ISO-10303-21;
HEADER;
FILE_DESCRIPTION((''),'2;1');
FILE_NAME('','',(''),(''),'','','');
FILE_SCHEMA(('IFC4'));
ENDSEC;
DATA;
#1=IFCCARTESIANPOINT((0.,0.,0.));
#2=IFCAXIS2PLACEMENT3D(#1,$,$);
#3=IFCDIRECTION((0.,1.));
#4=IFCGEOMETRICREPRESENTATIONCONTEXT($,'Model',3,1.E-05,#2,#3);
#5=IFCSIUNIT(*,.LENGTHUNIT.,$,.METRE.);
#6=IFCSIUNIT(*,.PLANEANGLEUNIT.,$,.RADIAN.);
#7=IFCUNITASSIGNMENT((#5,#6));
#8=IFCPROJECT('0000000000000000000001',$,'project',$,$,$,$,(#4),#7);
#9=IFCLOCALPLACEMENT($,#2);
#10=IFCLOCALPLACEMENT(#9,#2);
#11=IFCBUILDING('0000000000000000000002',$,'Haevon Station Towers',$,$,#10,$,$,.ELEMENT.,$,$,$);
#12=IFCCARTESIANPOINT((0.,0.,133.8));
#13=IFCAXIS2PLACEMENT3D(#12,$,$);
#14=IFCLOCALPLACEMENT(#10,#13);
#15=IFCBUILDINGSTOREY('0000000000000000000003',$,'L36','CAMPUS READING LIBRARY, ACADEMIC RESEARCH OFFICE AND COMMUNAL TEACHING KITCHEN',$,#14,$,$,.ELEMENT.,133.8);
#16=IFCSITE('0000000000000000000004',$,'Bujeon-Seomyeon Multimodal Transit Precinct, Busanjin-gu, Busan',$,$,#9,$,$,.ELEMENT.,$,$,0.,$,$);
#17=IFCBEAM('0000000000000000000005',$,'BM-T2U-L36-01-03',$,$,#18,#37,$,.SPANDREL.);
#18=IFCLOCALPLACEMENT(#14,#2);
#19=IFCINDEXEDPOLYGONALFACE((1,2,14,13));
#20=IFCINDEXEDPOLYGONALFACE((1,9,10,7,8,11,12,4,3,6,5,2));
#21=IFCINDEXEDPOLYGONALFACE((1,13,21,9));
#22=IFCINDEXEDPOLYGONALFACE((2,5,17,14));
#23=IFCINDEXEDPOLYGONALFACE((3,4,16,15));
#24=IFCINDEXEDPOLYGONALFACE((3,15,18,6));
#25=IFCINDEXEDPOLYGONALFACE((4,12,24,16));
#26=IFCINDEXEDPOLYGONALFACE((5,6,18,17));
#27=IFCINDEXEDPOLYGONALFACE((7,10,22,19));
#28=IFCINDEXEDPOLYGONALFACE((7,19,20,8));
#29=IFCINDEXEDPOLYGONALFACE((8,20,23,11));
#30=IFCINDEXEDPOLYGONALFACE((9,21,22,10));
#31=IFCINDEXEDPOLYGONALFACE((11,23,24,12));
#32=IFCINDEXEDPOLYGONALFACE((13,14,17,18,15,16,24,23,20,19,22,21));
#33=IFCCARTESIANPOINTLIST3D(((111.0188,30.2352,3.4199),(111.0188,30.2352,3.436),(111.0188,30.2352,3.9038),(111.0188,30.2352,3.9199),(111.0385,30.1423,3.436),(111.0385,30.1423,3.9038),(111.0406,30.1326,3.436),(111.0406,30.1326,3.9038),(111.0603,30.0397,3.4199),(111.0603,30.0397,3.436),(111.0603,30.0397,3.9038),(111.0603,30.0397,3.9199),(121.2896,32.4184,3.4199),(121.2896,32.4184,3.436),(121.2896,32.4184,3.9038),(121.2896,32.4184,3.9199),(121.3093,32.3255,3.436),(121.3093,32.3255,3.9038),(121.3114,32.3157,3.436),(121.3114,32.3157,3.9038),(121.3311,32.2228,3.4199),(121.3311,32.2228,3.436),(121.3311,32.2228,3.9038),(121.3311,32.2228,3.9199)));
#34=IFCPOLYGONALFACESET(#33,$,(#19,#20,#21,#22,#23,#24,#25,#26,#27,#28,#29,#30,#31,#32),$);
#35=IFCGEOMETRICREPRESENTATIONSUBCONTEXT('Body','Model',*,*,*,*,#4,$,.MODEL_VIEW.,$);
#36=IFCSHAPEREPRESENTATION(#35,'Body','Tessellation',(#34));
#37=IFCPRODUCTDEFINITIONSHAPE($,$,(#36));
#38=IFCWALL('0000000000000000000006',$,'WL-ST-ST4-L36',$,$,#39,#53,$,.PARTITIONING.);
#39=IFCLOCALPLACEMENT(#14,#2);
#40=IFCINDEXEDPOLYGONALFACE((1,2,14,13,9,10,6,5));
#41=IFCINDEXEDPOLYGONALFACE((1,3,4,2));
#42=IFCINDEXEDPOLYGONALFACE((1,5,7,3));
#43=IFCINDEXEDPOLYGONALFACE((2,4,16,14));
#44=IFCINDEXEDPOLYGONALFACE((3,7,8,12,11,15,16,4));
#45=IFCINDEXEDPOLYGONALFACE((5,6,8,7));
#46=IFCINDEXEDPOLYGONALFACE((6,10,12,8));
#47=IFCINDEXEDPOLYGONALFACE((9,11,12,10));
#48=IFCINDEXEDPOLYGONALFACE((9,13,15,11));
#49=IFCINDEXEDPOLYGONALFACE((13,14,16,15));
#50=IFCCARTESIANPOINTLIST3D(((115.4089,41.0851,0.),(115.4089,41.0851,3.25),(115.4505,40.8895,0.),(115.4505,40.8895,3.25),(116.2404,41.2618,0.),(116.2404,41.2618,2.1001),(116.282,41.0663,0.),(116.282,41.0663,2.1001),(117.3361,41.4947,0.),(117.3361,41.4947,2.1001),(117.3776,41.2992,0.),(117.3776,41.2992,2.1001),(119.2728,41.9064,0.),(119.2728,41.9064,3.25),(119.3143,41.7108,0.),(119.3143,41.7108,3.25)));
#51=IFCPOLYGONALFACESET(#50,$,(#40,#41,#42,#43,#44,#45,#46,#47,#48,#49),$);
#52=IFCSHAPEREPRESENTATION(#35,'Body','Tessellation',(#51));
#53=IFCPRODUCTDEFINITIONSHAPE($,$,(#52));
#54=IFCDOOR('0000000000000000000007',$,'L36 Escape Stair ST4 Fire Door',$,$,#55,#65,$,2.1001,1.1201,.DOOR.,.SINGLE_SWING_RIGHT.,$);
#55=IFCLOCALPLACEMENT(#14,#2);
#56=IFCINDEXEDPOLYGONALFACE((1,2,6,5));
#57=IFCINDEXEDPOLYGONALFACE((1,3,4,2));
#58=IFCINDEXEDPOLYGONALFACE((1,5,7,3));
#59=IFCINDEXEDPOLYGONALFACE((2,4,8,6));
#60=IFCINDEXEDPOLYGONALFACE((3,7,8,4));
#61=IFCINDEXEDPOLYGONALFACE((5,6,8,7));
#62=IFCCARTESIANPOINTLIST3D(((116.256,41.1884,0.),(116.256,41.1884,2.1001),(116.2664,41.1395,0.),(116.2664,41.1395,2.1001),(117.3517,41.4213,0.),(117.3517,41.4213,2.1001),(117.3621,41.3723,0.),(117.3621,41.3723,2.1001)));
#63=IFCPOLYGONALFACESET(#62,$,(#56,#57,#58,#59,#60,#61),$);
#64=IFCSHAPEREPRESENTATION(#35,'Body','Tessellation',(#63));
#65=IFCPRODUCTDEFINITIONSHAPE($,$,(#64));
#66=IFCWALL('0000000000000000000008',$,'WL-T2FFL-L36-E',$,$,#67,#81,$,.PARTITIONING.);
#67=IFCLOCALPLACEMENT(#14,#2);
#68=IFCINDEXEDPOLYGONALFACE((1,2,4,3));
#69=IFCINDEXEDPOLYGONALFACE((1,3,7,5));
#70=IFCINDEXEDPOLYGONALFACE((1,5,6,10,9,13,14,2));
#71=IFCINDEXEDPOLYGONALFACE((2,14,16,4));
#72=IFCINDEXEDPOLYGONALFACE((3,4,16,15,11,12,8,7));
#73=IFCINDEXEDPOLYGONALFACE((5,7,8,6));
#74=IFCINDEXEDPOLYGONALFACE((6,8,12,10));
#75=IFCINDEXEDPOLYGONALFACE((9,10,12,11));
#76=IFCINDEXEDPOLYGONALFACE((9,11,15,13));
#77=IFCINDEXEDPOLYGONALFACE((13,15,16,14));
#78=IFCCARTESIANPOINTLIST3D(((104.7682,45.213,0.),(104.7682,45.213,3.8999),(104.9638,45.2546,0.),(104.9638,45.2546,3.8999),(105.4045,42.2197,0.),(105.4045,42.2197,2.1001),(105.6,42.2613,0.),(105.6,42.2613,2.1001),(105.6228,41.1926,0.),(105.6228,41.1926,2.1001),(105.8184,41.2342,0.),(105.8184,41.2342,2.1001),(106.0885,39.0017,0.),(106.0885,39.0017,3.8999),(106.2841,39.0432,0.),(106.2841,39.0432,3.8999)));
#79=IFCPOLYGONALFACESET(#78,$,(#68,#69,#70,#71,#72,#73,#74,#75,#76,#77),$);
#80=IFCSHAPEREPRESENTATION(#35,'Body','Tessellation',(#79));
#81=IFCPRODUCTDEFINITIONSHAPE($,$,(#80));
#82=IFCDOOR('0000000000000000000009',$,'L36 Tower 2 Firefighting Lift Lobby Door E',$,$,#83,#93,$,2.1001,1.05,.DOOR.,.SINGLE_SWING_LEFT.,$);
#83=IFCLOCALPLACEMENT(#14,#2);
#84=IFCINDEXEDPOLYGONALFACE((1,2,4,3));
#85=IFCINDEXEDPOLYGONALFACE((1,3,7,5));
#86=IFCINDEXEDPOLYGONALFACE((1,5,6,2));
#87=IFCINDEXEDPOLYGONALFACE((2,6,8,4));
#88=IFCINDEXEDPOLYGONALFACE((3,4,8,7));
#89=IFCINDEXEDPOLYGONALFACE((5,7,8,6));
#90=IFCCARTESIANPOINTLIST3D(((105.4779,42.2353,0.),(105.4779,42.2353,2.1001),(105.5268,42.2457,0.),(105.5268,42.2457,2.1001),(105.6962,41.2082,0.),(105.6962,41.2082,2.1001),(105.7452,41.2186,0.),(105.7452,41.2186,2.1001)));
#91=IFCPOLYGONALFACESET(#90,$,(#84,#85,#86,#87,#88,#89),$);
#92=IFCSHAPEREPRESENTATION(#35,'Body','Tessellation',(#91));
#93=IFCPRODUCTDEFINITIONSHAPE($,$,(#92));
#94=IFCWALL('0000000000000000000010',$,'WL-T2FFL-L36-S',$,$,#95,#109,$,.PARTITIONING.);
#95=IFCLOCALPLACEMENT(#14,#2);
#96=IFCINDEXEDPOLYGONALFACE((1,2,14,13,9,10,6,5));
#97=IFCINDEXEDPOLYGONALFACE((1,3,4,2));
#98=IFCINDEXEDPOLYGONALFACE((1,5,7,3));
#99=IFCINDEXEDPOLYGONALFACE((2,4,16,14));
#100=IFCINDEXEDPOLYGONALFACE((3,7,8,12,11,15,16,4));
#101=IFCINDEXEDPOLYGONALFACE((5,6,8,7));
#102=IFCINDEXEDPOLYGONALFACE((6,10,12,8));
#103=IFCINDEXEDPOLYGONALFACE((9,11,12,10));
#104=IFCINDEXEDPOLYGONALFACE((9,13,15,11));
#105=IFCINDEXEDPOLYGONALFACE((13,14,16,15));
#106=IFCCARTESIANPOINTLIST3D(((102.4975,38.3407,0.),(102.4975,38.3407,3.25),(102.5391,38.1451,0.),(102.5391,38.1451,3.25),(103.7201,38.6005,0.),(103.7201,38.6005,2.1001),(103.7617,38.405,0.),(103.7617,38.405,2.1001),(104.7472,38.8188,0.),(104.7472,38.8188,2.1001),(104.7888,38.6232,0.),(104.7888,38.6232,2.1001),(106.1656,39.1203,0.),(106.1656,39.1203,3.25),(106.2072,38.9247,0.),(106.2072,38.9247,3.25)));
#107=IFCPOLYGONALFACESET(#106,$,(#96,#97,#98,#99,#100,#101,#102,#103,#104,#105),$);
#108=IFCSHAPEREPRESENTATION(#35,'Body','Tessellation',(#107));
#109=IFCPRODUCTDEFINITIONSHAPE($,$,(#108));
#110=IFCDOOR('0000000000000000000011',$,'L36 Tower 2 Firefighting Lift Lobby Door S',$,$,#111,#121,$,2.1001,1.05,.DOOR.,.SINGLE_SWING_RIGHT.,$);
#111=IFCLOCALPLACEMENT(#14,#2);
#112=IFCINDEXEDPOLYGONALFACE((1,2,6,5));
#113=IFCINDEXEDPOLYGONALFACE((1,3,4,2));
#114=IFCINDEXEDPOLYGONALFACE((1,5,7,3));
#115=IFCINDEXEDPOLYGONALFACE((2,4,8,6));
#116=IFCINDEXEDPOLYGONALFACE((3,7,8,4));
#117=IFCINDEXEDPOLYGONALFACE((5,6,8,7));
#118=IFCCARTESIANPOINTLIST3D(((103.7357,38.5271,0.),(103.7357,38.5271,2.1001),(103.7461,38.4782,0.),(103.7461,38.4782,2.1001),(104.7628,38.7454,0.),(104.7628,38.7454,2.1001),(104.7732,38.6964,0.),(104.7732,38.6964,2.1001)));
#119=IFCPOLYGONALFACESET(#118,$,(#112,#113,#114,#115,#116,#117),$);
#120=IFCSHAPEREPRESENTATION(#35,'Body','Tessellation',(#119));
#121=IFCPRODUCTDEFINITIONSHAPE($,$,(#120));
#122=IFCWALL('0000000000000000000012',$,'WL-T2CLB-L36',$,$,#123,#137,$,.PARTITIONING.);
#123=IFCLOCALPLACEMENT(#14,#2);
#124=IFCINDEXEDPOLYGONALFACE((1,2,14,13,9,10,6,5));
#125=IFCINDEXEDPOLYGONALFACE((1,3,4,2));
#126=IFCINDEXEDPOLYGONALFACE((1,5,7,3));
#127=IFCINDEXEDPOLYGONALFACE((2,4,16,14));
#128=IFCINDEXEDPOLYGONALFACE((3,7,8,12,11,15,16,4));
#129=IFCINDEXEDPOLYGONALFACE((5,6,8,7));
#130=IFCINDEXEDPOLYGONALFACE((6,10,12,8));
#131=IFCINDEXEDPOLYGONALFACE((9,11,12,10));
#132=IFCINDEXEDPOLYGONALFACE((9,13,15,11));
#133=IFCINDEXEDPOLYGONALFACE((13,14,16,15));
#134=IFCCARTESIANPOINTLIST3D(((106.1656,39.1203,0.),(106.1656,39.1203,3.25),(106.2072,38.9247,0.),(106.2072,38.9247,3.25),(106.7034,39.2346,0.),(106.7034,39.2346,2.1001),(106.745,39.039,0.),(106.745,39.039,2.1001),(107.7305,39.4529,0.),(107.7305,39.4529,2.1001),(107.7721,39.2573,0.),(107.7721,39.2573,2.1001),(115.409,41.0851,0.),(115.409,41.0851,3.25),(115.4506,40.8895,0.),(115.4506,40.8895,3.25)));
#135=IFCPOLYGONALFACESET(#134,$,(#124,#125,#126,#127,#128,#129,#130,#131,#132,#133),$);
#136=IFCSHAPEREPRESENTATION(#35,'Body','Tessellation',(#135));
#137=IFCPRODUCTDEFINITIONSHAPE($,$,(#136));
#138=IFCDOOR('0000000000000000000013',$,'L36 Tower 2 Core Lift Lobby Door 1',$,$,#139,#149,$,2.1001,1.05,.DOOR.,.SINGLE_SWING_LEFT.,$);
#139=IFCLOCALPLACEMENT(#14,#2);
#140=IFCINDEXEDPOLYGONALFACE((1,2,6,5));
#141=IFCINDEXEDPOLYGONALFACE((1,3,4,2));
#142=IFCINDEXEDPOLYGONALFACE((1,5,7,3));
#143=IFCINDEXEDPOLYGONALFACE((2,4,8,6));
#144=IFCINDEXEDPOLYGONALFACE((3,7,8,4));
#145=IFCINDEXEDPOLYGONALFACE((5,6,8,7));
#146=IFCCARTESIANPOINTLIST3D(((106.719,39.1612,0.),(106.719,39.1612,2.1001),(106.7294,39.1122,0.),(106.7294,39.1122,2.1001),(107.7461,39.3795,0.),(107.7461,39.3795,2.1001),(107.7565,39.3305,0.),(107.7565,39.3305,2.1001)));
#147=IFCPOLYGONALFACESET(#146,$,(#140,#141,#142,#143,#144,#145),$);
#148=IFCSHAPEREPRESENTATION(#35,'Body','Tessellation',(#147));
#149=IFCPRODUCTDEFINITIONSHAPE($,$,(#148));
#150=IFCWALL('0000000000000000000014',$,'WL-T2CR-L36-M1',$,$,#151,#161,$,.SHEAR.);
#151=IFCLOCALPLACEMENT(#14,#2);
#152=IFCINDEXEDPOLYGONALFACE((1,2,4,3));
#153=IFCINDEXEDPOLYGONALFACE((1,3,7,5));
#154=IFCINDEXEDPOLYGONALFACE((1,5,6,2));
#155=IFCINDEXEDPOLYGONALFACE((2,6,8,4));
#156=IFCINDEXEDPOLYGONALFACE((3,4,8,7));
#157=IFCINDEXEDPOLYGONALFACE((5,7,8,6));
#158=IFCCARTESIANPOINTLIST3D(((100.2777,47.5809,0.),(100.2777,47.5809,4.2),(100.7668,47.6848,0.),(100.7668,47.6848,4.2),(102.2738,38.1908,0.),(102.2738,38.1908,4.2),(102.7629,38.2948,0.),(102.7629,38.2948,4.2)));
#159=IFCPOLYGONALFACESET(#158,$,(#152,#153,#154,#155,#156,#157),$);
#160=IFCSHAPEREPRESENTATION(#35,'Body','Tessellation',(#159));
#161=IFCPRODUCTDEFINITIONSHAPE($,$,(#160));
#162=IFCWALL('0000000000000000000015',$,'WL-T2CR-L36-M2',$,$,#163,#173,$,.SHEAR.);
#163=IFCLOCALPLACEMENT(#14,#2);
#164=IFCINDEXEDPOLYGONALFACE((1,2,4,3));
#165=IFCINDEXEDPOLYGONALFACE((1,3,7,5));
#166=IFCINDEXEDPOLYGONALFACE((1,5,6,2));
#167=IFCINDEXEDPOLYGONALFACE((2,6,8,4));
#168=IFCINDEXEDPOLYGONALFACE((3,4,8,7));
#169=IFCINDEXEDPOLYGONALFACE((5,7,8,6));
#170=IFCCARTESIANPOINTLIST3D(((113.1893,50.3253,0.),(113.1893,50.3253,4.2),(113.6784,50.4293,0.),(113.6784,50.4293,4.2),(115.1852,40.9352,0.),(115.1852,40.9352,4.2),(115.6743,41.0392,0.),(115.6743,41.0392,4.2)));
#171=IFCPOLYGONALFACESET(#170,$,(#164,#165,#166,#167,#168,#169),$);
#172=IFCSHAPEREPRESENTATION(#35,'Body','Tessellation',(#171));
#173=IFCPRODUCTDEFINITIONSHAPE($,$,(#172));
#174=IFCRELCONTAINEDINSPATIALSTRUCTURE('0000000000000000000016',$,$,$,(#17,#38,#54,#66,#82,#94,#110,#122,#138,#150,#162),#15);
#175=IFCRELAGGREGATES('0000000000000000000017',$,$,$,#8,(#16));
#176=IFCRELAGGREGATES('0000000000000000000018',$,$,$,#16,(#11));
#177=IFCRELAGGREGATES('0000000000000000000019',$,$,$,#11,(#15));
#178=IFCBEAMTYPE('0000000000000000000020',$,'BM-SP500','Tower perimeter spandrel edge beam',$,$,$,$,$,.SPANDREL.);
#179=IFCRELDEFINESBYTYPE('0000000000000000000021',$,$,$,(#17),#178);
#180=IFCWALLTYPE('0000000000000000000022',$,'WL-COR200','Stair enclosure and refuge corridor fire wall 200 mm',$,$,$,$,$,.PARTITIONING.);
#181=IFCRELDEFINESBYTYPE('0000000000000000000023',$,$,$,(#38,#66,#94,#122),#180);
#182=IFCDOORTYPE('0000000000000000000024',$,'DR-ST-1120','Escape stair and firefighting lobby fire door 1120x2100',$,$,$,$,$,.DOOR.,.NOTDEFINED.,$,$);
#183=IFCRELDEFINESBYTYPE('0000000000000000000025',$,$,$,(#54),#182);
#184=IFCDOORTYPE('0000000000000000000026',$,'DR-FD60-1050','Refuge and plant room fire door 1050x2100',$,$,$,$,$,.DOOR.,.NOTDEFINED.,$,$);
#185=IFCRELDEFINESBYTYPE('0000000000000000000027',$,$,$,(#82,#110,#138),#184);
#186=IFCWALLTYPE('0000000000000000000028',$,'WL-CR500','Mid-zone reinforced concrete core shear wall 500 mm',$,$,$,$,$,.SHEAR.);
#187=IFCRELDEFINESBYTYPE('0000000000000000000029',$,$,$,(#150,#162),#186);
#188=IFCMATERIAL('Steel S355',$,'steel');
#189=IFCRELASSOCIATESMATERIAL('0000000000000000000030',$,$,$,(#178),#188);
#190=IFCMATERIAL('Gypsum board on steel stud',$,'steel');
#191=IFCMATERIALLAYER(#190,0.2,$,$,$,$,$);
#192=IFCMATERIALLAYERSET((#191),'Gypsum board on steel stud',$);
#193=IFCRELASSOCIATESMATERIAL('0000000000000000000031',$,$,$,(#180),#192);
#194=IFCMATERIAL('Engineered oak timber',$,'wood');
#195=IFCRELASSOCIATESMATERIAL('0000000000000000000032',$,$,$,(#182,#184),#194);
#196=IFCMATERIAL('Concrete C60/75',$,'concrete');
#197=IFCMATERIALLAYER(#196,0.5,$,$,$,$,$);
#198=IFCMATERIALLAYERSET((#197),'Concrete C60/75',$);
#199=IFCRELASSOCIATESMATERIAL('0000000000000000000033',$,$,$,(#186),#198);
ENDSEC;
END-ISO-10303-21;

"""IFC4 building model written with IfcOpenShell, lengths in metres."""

from ifc_helpers import new_model, si_unit, direction, frame, frame_2d, origin, origin_2d, place, context, subcontext, project, spatial, rectangle, i_section, extrude, material, layer, layer_set, material_profile, profile_set, type_object, element, fill, save


model = new_model("IFC4")

# Units and contexts
model_context = context("Model", 3, precision=1e-05, world=origin(), true_north=direction((0.0, 1.0)))
body_context = subcontext(model_context, "Body", "Model", "MODEL_VIEW")
ifc_project = project(units=[si_unit("LENGTHUNIT", "METRE"), si_unit("PLANEANGLEUNIT", "RADIAN")], contexts=[model_context])

# Site, building, storey
site_placement = place(None, origin())
site = spatial("IfcSite", under=ifc_project, at=site_placement, Name="Bujeon-Seomyeon Multimodal Transit Precinct, Busanjin-gu, Busan", CompositionType="ELEMENT", RefElevation=0.0)
building_placement = place(site_placement, origin())
building = spatial("IfcBuilding", under=site, at=building_placement, Name="Haevon Station Towers", CompositionType="ELEMENT")
storey_placement = place(building_placement, frame((0.0, 0.0, 133.8)))
storey = spatial("IfcBuildingStorey", under=building, at=storey_placement, Name="L36", Description="CAMPUS READING LIBRARY, ACADEMIC RESEARCH OFFICE AND COMMUNAL TEACHING KITCHEN", CompositionType="ELEMENT", Elevation=133.8)

# Beam
ifc_material_1 = material(Name="Steel S355", Category="steel")
ifc_material_profile_1 = material_profile(ifc_material_1, i_section(OverallWidth=0.2, OverallDepth=0.5, WebThickness=0.01, FlangeThickness=0.0161, at=origin_2d()), Name="H-500x200x10x16")
ifc_profile_set_1 = profile_set([ifc_material_profile_1], Name="Steel S355")
beam_type_1 = type_object("IfcBeamType", Name="BM-SP500", Description="Tower perimeter spandrel edge beam", PredefinedType="SPANDREL", material=ifc_profile_set_1)
beam_1_placement = place(storey_placement, frame((111.0396, 30.1375, 3.6699), z_axis=(0.978148, 0.207911, 0.0), x_axis=(-0.207911, 0.978148, 0.0)))
element("IfcBeam", 1, at=beam_1_placement, inside=storey, type_object=beam_type_1, Name="BM-T2U-L36-01-03", PredefinedType="SPANDREL", context=body_context, shape_type="SweptSolid", body=[
    extrude(i_section(OverallWidth=0.2, OverallDepth=0.5, WebThickness=0.01, FlangeThickness=0.0161, at=origin_2d()), origin(), (0.0, 0.0, 1.0), 10.5002),
])

# Walls, openings, doors
ifc_material_2 = material(Name="Gypsum board on steel stud", Category="steel")
ifc_layer_1 = layer(ifc_material_2, 0.2)
ifc_layer_set_1 = layer_set([ifc_layer_1], Name="Gypsum board on steel stud")
wall_type_1 = type_object("IfcWallType", Name="WL-COR200", Description="Stair enclosure and refuge corridor fire wall 200 mm", PredefinedType="PARTITIONING", material=ifc_layer_set_1)
wall_1_placement = place(storey_placement, frame((115.4297, 40.9873, 0.0), z_axis=(0.0, 0.0, 1.0), x_axis=(0.978147, 0.207916, 0.0)))
wall_1 = element("IfcWall", 2, at=wall_1_placement, inside=storey, type_object=wall_type_1, Name="WL-ST-ST4-L36", PredefinedType="PARTITIONING", context=body_context, shape_type="SweptSolid", body=[
    extrude(rectangle(XDim=3.9502, YDim=0.2, at=frame_2d((1.9751, 0.0))), origin(), (0.0, 0.0, 1.0), 3.25),
])
opening_1_placement = place(wall_1_placement, frame((0.8501, 0.0, 0.0)))
opening_1 = element("IfcOpeningElement", 3, at=opening_1_placement, cuts=wall_1, PredefinedType="OPENING", context=body_context, shape_type="SweptSolid", body=[
    extrude(rectangle(XDim=1.1201, YDim=2.1001, at=frame_2d((0.5601, 1.05))), frame((0.0, 0.1099, 0.0), z_axis=(0.0, -1.0, 0.0), x_axis=(1.0, 0.0, 0.0)), (0.0, 0.0, 1.0), 0.22),
])
ifc_material_3 = material(Name="Engineered oak timber", Category="wood")
door_type_1 = type_object("IfcDoorType", Name="DR-ST-1120", Description="Escape stair and firefighting lobby fire door 1120x2100", OperationType="NOTDEFINED", PredefinedType="DOOR", material=ifc_material_3)
door_1_placement = place(opening_1_placement, origin())
door_1 = element("IfcDoor", 4, at=door_1_placement, inside=storey, type_object=door_type_1, Name="L36 Escape Stair ST4 Fire Door", OperationType="SINGLE_SWING_RIGHT", OverallHeight=2.1001, OverallWidth=1.1201, PredefinedType="DOOR", context=body_context, shape_type="SweptSolid", body=[
    extrude(rectangle(XDim=1.1201, YDim=2.1001, at=frame_2d((0.5601, 1.05))), frame((0.0, 0.0249, 0.0), z_axis=(0.0, -1.0, 0.0), x_axis=(1.0, 0.0, 0.0)), (0.0, 0.0, 1.0), 0.05),
])
fill(opening_1, door_1)
wall_2_placement = place(storey_placement, frame((106.1863, 39.0225, 0.0), z_axis=(0.0, 0.0, 1.0), x_axis=(-0.207917, 0.978147, 0.0)))
wall_2 = element("IfcWall", 5, at=wall_2_placement, inside=storey, type_object=wall_type_1, Name="WL-T2FFL-L36-E", PredefinedType="PARTITIONING", context=body_context, shape_type="SweptSolid", body=[
    extrude(rectangle(XDim=6.3501, YDim=0.2, at=frame_2d((3.175, 0.0))), origin(), (0.0, 0.0, 1.0), 3.8999),
])
opening_2_placement = place(wall_2_placement, frame((2.24, 0.0, 0.0)))
opening_2 = element("IfcOpeningElement", 6, at=opening_2_placement, cuts=wall_2, PredefinedType="OPENING", context=body_context, shape_type="SweptSolid", body=[
    extrude(rectangle(XDim=1.05, YDim=2.1001, at=frame_2d((0.5249, 1.05))), frame((0.0, 0.1099, 0.0), z_axis=(0.0, -1.0, 0.0), x_axis=(1.0, 0.0, 0.0)), (0.0, 0.0, 1.0), 0.22),
])
door_type_2 = type_object("IfcDoorType", Name="DR-FD60-1050", Description="Refuge and plant room fire door 1050x2100", OperationType="NOTDEFINED", PredefinedType="DOOR", material=ifc_material_3)
door_2_placement = place(opening_2_placement, origin())
door_2 = element("IfcDoor", 7, at=door_2_placement, inside=storey, type_object=door_type_2, Name="L36 Tower 2 Firefighting Lift Lobby Door E", OperationType="SINGLE_SWING_LEFT", OverallHeight=2.1001, OverallWidth=1.05, PredefinedType="DOOR", context=body_context, shape_type="SweptSolid", body=[
    extrude(rectangle(XDim=1.05, YDim=2.1001, at=frame_2d((0.5249, 1.05))), frame((0.0, 0.0249, 0.0), z_axis=(0.0, -1.0, 0.0), x_axis=(1.0, 0.0, 0.0)), (0.0, 0.0, 1.0), 0.05),
])
fill(opening_2, door_2)
wall_3_placement = place(storey_placement, frame((102.5183, 38.2429, 0.0), z_axis=(0.0, 0.0, 1.0), x_axis=(0.978154, 0.207884, 0.0)))
wall_3 = element("IfcWall", 8, at=wall_3_placement, inside=storey, type_object=wall_type_1, Name="WL-T2FFL-L36-S", PredefinedType="PARTITIONING", context=body_context, shape_type="SweptSolid", body=[
    extrude(rectangle(XDim=3.75, YDim=0.2, at=frame_2d((1.875, 0.0))), origin(), (0.0, 0.0, 1.0), 3.25),
])
opening_3_placement = place(wall_3_placement, frame((1.25, 0.0, 0.0)))
opening_3 = element("IfcOpeningElement", 9, at=opening_3_placement, cuts=wall_3, PredefinedType="OPENING", context=body_context, shape_type="SweptSolid", body=[
    extrude(rectangle(XDim=1.05, YDim=2.1001, at=frame_2d((0.5249, 1.05))), frame((0.0, 0.1099, 0.0), z_axis=(0.0, -1.0, 0.0), x_axis=(1.0, 0.0, 0.0)), (0.0, 0.0, 1.0), 0.22),
])
door_3_placement = place(opening_3_placement, origin())
door_3 = element("IfcDoor", 10, at=door_3_placement, inside=storey, type_object=door_type_2, Name="L36 Tower 2 Firefighting Lift Lobby Door S", OperationType="SINGLE_SWING_RIGHT", OverallHeight=2.1001, OverallWidth=1.05, PredefinedType="DOOR", context=body_context, shape_type="SweptSolid", body=[
    extrude(rectangle(XDim=1.05, YDim=2.1001, at=frame_2d((0.5249, 1.05))), frame((0.0, 0.0249, 0.0), z_axis=(0.0, -1.0, 0.0), x_axis=(1.0, 0.0, 0.0)), (0.0, 0.0, 1.0), 0.05),
])
fill(opening_3, door_3)
wall_4_placement = place(storey_placement, frame((106.1863, 39.0225, 0.0), z_axis=(0.0, 0.0, 1.0), x_axis=(0.978146, 0.207921, 0.0)))
wall_4 = element("IfcWall", 11, at=wall_4_placement, inside=storey, type_object=wall_type_1, Name="WL-T2CLB-L36", PredefinedType="PARTITIONING", context=body_context, shape_type="SweptSolid", body=[
    extrude(rectangle(XDim=9.45, YDim=0.2, at=frame_2d((4.7251, 0.0))), origin(), (0.0, 0.0, 1.0), 3.25),
])
opening_4_placement = place(wall_4_placement, frame((0.55, 0.0, 0.0)))
opening_4 = element("IfcOpeningElement", 12, at=opening_4_placement, cuts=wall_4, PredefinedType="OPENING", context=body_context, shape_type="SweptSolid", body=[
    extrude(rectangle(XDim=1.05, YDim=2.1001, at=frame_2d((0.5249, 1.05))), frame((0.0, 0.1099, 0.0), z_axis=(0.0, -1.0, 0.0), x_axis=(1.0, 0.0, 0.0)), (0.0, 0.0, 1.0), 0.22),
])
door_4_placement = place(opening_4_placement, origin())
door_4 = element("IfcDoor", 13, at=door_4_placement, inside=storey, type_object=door_type_2, Name="L36 Tower 2 Core Lift Lobby Door 1", OperationType="SINGLE_SWING_LEFT", OverallHeight=2.1001, OverallWidth=1.05, PredefinedType="DOOR", context=body_context, shape_type="SweptSolid", body=[
    extrude(rectangle(XDim=1.05, YDim=2.1001, at=frame_2d((0.5249, 1.05))), frame((0.0, 0.0249, 0.0), z_axis=(0.0, -1.0, 0.0), x_axis=(1.0, 0.0, 0.0)), (0.0, 0.0, 1.0), 0.05),
])
fill(opening_4, door_4)

# Walls
ifc_material_4 = material(Name="Concrete C60/75", Category="concrete")
ifc_layer_2 = layer(ifc_material_4, 0.5)
ifc_layer_set_2 = layer_set([ifc_layer_2], Name="Concrete C60/75")
wall_type_2 = type_object("IfcWallType", Name="WL-CR500", Description="Mid-zone reinforced concrete core shear wall 500 mm", PredefinedType="SHEAR", material=ifc_layer_set_2)
for number, where, z_axis, x_axis, name in (
    (14, (102.5183, 38.2429, 0.0), (0.0, 0.0, 1.0), (-0.207927, 0.978144, 0.0), "WL-T2CR-L36-M1"),
    (15, (115.4297, 40.9873, 0.0), (0.0, 0.0, 1.0), (-0.207903, 0.978149, 0.0), "WL-T2CR-L36-M2"),
):
    element("IfcWall", number, at=place(storey_placement, frame(where, z_axis=z_axis, x_axis=x_axis)), inside=storey, type_object=wall_type_2, Name=name, PredefinedType="SHEAR", context=body_context, shape_type="SweptSolid", body=[
        extrude(rectangle(XDim=9.5999, YDim=0.5, at=frame_2d((4.7998, 0.0))), origin(), (0.0, 0.0, 1.0), 4.2),
    ])

save(model, "model.ifc")
